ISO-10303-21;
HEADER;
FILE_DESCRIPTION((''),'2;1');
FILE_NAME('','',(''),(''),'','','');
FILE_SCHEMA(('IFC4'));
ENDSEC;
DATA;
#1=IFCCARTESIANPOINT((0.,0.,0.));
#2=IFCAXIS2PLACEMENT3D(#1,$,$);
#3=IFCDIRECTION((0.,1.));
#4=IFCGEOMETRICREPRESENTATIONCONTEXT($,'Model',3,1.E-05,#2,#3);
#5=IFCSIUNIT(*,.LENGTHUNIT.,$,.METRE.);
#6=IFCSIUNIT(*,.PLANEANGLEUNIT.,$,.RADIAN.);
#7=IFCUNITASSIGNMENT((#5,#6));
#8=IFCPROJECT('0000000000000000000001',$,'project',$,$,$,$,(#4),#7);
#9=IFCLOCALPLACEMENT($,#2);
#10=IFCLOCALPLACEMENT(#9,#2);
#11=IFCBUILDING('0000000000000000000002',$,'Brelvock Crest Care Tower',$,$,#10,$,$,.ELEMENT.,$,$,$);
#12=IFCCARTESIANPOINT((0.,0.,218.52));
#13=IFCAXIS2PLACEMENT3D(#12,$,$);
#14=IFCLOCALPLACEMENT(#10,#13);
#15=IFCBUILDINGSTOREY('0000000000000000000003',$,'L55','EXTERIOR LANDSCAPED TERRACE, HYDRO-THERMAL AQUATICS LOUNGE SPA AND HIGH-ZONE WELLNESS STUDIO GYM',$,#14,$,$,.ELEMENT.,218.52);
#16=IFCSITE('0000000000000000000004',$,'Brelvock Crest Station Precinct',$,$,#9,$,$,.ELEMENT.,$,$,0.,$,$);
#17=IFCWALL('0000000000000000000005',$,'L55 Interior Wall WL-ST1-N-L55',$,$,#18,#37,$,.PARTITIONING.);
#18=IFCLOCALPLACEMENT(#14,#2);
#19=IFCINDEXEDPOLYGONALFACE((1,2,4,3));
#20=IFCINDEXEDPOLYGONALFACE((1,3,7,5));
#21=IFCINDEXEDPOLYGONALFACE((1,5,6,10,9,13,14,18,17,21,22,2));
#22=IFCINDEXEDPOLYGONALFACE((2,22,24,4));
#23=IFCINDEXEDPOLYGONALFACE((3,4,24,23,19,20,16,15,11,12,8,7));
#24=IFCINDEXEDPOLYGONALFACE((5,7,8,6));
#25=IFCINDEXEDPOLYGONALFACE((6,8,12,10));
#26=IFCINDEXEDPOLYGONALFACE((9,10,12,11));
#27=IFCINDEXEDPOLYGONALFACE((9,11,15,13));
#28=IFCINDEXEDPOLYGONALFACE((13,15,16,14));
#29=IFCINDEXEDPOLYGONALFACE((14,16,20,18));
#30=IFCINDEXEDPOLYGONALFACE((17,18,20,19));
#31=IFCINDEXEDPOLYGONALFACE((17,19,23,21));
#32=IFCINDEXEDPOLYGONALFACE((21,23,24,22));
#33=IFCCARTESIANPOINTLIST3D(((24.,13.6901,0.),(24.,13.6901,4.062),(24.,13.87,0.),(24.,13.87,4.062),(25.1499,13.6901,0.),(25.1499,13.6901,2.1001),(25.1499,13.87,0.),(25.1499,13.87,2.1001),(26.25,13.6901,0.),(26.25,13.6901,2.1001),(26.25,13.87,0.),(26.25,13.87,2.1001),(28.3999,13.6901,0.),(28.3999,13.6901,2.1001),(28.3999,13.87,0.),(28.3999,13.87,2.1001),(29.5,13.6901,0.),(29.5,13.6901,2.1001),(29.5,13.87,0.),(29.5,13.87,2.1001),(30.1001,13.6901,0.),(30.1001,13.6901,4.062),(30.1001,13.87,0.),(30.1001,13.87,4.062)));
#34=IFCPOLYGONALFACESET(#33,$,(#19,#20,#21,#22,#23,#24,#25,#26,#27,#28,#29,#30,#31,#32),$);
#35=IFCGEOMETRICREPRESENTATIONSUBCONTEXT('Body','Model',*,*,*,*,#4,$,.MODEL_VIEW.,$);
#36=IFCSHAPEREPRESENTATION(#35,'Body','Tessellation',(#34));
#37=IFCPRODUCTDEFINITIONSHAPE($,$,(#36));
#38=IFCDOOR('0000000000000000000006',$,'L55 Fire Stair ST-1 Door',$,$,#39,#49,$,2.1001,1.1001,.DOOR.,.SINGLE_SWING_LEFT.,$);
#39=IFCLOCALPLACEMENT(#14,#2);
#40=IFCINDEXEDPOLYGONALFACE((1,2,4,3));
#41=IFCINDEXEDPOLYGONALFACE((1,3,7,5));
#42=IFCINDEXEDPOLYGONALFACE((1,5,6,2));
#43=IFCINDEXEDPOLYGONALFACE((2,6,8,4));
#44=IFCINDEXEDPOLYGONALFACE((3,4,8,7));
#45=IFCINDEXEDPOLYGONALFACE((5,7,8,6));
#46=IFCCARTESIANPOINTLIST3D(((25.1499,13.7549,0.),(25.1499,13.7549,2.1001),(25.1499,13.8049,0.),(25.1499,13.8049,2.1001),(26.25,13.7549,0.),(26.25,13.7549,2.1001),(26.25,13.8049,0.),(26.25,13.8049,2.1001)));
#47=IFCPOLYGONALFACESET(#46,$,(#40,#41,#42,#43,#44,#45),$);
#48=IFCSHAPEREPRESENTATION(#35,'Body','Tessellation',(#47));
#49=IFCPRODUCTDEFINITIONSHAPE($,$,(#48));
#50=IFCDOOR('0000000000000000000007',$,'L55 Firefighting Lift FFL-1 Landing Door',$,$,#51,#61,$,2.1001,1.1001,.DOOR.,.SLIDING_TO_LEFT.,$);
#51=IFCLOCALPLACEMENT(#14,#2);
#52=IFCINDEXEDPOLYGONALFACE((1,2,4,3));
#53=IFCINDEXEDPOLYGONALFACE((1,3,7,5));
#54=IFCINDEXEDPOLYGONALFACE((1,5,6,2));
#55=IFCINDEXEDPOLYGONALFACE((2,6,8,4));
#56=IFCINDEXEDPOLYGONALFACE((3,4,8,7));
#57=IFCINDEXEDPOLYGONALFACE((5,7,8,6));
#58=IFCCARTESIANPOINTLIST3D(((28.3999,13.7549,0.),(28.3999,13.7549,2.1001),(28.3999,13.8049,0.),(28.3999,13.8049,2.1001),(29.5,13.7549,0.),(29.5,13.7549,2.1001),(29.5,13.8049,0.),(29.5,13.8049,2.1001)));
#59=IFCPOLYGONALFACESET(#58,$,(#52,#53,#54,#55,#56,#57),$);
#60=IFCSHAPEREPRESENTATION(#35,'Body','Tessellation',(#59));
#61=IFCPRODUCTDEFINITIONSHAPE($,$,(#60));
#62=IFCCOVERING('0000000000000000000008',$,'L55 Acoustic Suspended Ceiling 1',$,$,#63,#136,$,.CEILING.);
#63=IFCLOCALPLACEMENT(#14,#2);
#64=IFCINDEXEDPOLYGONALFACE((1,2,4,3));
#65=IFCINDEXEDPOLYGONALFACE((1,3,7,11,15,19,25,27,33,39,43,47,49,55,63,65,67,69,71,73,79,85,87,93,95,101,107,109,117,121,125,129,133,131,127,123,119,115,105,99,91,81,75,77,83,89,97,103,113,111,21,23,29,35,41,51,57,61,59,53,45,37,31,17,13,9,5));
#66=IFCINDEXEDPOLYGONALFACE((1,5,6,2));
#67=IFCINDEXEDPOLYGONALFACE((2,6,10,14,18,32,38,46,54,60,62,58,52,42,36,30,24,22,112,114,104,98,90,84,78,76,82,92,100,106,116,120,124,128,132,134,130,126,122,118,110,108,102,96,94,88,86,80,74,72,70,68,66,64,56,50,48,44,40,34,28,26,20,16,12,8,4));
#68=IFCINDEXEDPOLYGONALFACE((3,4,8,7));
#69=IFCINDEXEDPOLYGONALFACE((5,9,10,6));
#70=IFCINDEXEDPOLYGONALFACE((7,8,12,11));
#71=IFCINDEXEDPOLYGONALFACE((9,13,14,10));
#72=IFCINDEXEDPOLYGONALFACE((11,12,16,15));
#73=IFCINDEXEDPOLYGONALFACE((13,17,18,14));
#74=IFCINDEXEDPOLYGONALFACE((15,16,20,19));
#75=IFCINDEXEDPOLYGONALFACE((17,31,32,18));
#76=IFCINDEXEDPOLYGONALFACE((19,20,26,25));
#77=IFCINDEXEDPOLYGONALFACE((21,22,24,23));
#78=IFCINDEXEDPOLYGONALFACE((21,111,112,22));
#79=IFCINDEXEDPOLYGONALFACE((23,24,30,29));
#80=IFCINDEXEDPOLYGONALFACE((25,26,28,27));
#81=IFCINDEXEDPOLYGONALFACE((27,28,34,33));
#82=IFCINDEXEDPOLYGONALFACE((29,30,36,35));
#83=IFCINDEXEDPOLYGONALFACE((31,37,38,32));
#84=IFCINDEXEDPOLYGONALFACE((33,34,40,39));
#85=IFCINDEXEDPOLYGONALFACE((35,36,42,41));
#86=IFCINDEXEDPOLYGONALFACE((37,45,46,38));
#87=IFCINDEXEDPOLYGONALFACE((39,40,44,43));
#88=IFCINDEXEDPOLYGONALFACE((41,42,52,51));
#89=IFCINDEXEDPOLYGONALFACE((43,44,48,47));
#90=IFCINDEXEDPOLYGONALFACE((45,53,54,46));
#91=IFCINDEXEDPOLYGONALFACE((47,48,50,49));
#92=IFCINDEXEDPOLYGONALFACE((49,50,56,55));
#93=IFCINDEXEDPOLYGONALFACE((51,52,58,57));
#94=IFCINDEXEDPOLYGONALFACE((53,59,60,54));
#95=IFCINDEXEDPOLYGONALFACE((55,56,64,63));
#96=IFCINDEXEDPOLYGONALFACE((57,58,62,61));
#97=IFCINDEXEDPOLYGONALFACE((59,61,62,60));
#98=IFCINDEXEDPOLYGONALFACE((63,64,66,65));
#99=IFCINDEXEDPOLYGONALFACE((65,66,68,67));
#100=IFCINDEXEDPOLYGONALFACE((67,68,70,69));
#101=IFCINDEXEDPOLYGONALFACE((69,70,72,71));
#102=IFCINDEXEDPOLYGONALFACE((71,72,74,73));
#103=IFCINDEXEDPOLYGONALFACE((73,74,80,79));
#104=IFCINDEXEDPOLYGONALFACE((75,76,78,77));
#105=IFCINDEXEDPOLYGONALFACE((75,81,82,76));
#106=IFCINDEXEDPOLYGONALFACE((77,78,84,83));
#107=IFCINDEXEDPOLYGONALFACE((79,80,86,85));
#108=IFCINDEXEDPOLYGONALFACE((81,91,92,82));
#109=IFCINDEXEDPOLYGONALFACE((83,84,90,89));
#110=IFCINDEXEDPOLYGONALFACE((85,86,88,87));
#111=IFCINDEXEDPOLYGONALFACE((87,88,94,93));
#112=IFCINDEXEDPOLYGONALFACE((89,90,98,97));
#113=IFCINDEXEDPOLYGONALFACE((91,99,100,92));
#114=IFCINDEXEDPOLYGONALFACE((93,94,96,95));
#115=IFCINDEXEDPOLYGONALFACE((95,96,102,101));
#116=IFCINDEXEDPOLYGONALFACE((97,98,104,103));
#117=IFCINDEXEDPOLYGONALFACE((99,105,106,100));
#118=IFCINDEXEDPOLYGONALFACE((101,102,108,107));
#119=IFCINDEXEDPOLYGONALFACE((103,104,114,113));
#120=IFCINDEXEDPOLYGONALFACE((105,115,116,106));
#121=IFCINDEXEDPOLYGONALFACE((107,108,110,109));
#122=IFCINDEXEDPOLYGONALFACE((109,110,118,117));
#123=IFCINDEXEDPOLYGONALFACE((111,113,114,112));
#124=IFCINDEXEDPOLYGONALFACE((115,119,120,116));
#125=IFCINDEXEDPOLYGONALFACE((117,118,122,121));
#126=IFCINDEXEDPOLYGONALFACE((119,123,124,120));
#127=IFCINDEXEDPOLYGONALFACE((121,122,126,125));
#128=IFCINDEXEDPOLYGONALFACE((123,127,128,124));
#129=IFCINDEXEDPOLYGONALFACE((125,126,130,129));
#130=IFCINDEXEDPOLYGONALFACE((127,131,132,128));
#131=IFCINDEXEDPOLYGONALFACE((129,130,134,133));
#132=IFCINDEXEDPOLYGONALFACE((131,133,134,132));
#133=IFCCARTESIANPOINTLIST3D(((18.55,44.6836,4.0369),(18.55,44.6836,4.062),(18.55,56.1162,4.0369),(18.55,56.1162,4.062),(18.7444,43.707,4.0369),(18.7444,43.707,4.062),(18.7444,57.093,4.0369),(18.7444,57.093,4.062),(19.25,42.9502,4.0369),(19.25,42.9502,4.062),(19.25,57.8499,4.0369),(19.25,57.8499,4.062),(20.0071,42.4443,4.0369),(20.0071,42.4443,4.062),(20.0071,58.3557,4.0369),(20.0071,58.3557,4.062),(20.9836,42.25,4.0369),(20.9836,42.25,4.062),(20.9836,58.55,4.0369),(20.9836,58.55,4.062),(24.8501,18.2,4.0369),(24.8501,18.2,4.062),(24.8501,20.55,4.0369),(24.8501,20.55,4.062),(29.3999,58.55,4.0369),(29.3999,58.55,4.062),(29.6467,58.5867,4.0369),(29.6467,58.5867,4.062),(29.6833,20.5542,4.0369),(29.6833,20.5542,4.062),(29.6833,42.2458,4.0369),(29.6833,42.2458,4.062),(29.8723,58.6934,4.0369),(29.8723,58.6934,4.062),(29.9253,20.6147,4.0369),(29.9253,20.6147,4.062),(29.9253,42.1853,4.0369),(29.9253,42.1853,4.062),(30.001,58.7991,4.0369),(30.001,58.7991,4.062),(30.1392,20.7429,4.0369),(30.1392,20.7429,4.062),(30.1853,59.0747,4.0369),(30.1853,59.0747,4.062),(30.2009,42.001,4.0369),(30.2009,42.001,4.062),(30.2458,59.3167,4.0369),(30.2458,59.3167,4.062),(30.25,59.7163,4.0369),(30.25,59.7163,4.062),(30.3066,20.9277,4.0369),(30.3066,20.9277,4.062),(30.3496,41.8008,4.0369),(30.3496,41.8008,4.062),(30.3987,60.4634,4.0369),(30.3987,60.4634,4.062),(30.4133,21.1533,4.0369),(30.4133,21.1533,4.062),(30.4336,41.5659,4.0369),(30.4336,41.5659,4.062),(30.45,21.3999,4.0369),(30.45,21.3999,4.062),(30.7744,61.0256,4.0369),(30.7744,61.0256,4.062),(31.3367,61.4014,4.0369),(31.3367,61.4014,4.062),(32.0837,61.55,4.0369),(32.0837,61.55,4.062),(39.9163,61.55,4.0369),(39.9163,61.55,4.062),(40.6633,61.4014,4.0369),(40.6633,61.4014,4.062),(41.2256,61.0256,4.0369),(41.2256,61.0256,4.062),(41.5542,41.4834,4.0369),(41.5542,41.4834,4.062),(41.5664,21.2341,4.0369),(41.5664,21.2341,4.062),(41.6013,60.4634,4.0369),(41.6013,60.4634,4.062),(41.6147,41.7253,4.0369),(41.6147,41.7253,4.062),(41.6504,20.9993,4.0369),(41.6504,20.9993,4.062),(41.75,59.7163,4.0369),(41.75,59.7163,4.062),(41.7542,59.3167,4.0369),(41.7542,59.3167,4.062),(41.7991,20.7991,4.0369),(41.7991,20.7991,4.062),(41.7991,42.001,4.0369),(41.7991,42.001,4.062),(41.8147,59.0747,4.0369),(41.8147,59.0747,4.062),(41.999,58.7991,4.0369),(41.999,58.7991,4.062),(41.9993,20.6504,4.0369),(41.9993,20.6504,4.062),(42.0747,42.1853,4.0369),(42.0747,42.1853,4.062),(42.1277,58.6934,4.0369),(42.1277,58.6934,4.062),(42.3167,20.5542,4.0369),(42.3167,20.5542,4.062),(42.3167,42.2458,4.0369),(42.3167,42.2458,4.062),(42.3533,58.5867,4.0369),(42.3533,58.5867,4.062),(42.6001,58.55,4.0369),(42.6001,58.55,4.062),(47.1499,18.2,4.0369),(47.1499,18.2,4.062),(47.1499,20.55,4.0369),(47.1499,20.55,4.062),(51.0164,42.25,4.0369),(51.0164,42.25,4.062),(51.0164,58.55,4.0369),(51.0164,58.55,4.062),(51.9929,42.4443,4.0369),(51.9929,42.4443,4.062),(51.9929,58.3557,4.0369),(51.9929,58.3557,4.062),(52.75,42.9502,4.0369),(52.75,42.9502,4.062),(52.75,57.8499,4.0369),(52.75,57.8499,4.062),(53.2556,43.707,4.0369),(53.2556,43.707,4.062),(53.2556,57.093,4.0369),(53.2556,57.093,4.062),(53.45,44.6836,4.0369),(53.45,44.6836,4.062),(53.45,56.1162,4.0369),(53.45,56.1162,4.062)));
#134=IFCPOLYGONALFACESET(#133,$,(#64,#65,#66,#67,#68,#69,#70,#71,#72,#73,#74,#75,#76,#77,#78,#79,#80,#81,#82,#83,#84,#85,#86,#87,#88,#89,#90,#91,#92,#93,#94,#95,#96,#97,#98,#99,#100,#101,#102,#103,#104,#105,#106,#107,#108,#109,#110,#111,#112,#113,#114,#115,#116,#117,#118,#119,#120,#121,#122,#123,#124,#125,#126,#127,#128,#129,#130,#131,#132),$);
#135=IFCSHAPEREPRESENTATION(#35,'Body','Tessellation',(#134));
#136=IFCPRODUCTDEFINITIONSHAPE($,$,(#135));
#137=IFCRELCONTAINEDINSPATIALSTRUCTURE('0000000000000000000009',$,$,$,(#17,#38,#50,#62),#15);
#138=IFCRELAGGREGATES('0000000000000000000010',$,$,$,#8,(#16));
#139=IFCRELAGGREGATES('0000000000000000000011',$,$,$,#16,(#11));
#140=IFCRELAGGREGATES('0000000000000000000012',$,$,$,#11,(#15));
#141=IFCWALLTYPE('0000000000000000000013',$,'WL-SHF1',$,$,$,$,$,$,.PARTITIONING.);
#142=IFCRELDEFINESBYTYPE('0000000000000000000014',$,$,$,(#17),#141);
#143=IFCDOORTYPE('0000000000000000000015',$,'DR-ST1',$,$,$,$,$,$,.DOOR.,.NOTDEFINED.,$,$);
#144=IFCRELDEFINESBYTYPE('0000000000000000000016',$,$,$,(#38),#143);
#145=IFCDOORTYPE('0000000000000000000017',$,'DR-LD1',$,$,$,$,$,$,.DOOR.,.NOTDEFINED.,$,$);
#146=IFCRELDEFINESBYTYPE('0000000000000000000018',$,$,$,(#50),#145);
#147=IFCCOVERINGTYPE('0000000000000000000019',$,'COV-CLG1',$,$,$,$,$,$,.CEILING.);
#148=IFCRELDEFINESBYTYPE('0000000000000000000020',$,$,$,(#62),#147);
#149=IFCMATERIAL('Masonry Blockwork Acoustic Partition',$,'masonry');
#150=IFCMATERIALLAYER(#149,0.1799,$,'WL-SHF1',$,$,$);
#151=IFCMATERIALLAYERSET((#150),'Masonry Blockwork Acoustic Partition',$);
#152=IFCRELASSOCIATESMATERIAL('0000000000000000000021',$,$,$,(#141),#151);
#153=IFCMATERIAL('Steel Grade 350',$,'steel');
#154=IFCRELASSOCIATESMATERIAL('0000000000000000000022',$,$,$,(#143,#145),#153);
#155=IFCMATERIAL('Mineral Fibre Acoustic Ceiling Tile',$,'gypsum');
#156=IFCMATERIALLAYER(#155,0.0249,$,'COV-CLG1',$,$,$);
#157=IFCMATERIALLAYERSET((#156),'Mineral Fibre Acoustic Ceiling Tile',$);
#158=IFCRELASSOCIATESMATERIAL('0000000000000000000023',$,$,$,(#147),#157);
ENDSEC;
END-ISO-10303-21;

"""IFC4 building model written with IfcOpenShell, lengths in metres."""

from ifc_helpers import new_model, si_unit, direction, frame, frame_2d, origin, origin_2d, place, context, subcontext, project, spatial, polyline, rectangle, outline, extrude, source, transform, mapped, material, layer, layer_set, type_object, element, fill, save


model = new_model("IFC4")

# Units and contexts
model_context = context("Model", 3, precision=1e-05, world=origin(), true_north=direction((0.0, 1.0)))
body_context = subcontext(model_context, "Body", "Model", "MODEL_VIEW")
ifc_project = project(units=[si_unit("LENGTHUNIT", "METRE"), si_unit("PLANEANGLEUNIT", "RADIAN")], contexts=[model_context])

# Site, building, storey
site_placement = place(None, origin())
site = spatial("IfcSite", under=ifc_project, at=site_placement, Name="Brelvock Crest Station Precinct", CompositionType="ELEMENT", RefElevation=0.0)
building_placement = place(site_placement, origin())
building = spatial("IfcBuilding", under=site, at=building_placement, Name="Brelvock Crest Care Tower", CompositionType="ELEMENT")
storey_placement = place(building_placement, frame((0.0, 0.0, 218.52)))
storey = spatial("IfcBuildingStorey", under=building, at=storey_placement, Name="L55", Description="EXTERIOR LANDSCAPED TERRACE, HYDRO-THERMAL AQUATICS LOUNGE SPA AND HIGH-ZONE WELLNESS STUDIO GYM", CompositionType="ELEMENT", Elevation=218.52)

# Shared definitions
ifc_material_1 = material(Name="Steel Grade 350", Category="steel")

# Wall, openings, doors
ifc_material_2 = material(Name="Masonry Blockwork Acoustic Partition", Category="masonry")
ifc_layer_1 = layer(ifc_material_2, 0.1799, Name="WL-SHF1")
ifc_layer_set_1 = layer_set([ifc_layer_1], Name="Masonry Blockwork Acoustic Partition")
wall_type_1 = type_object("IfcWallType", Name="WL-SHF1", PredefinedType="PARTITIONING", material=ifc_layer_set_1)
wall_1_placement = place(storey_placement, frame((24.0, 13.78, 0.0), z_axis=(0.0, 0.0, 1.0), x_axis=(1.0, 0.0, 0.0)))
wall_1 = element("IfcWall", 1, at=wall_1_placement, inside=storey, type_object=wall_type_1, Name="L55 Interior Wall WL-ST1-N-L55", PredefinedType="PARTITIONING", context=body_context, shape_type="SweptSolid", body=[
    extrude(rectangle(XDim=6.1001, YDim=0.1799, at=frame_2d((3.05, 0.0))), origin(), (0.0, 0.0, 1.0), 4.062),
])
opening_1_placement = place(wall_1_placement, frame((1.1499, 0.0, 0.0)))
opening_1 = element("IfcOpeningElement", 2, at=opening_1_placement, cuts=wall_1, PredefinedType="OPENING", context=body_context, shape_type="SweptSolid", body=[
    extrude(rectangle(XDim=1.1001, YDim=2.1001, at=origin_2d()), frame((0.55, 0.1001, 1.05), z_axis=(0.0, -1.0, 0.0), x_axis=(1.0, 0.0, 0.0)), (0.0, 0.0, 1.0), 0.2),
])
opening_2_placement = place(wall_1_placement, frame((4.3999, 0.0, 0.0)))
opening_2 = element("IfcOpeningElement", 3, at=opening_2_placement, cuts=wall_1, PredefinedType="OPENING", context=body_context, shape_type="SweptSolid", body=[
    extrude(rectangle(XDim=1.1001, YDim=2.1001, at=origin_2d()), frame((0.55, 0.1001, 1.05), z_axis=(0.0, -1.0, 0.0), x_axis=(1.0, 0.0, 0.0)), (0.0, 0.0, 1.0), 0.2),
])
door_type_1 = type_object("IfcDoorType", Name="DR-ST1", OperationType="NOTDEFINED", PredefinedType="DOOR", material=ifc_material_1)
shared_shape_1 = source(origin(), body_context, "Body", "SweptSolid", [
    extrude(rectangle(XDim=1.1001, YDim=2.1001, at=origin_2d()), frame((0.55, 0.0249, 1.05), z_axis=(0.0, -1.0, 0.0), x_axis=(1.0, 0.0, 0.0)), (0.0, 0.0, 1.0), 0.05),
])
door_1_placement = place(opening_1_placement, origin())
door_1 = element("IfcDoor", 4, at=door_1_placement, inside=storey, type_object=door_type_1, Name="L55 Fire Stair ST-1 Door", OperationType="SINGLE_SWING_LEFT", OverallHeight=2.1001, OverallWidth=1.1001, PredefinedType="DOOR", context=body_context, shape_type="MappedRepresentation", body=[
    mapped(shared_shape_1, transform((0.0, 0.0, 0.0), x_axis=(1.0, 0.0, 0.0), y_axis=(0.0, 1.0, 0.0), z_axis=(0.0, 0.0, 1.0), scale=1.0)),
])
fill(opening_1, door_1)
door_type_2 = type_object("IfcDoorType", Name="DR-LD1", OperationType="NOTDEFINED", PredefinedType="DOOR", material=ifc_material_1)
shared_shape_2 = source(origin(), body_context, "Body", "SweptSolid", [
    extrude(rectangle(XDim=1.1001, YDim=2.1001, at=origin_2d()), frame((0.55, 0.0249, 1.05), z_axis=(0.0, -1.0, 0.0), x_axis=(1.0, 0.0, 0.0)), (0.0, 0.0, 1.0), 0.05),
])
door_2_placement = place(opening_2_placement, origin())
door_2 = element("IfcDoor", 5, at=door_2_placement, inside=storey, type_object=door_type_2, Name="L55 Firefighting Lift FFL-1 Landing Door", OperationType="SLIDING_TO_LEFT", OverallHeight=2.1001, OverallWidth=1.1001, PredefinedType="DOOR", context=body_context, shape_type="MappedRepresentation", body=[
    mapped(shared_shape_2, transform((0.0, 0.0, 0.0), x_axis=(1.0, 0.0, 0.0), y_axis=(0.0, 1.0, 0.0), z_axis=(0.0, 0.0, 1.0), scale=1.0)),
])
fill(opening_2, door_2)

# Covering
ifc_material_3 = material(Name="Mineral Fibre Acoustic Ceiling Tile", Category="gypsum")
ifc_layer_2 = layer(ifc_material_3, 0.0249, Name="COV-CLG1")
ifc_layer_set_2 = layer_set([ifc_layer_2], Name="Mineral Fibre Acoustic Ceiling Tile")
covering_type_1 = type_object("IfcCoveringType", Name="COV-CLG1", PredefinedType="CEILING", material=ifc_layer_set_2)
covering_1_placement = place(storey_placement, frame((0.0, 0.0, 4.0369)))
element("IfcCovering", 6, at=covering_1_placement, inside=storey, type_object=covering_type_1, Name="L55 Acoustic Suspended Ceiling 1", PredefinedType="CEILING", context=body_context, shape_type="SweptSolid", body=[
    extrude(outline(polyline([(24.8501, 18.2), (47.1499, 18.2), (47.1499, 20.55), (42.3167, 20.5542), (41.9993, 20.6504), (41.7991, 20.7991), (41.6504, 20.9993), (41.5664, 21.2341), (41.5542, 41.4834), (41.6147, 41.7253), (41.7991, 42.001), (42.0747, 42.1853), (42.3167, 42.2458), (51.0164, 42.25), (51.9929, 42.4443), (52.75, 42.9502), (53.2556, 43.707), (53.45, 44.6836), (53.45, 56.1162), (53.2556, 57.093), (52.75, 57.8499), (51.9929, 58.3557), (51.0164, 58.55), (42.6001, 58.55), (42.3533, 58.5867), (42.1277, 58.6934), (41.999, 58.7991), (41.8147, 59.0747), (41.7542, 59.3167), (41.75, 59.7163), (41.6013, 60.4634), (41.2256, 61.0256), (40.6633, 61.4014), (39.9163, 61.55), (32.0837, 61.55), (31.3367, 61.4014), (30.7744, 61.0256), (30.3987, 60.4634), (30.25, 59.7163), (30.2458, 59.3167), (30.1853, 59.0747), (30.001, 58.7991), (29.8723, 58.6934), (29.6467, 58.5867), (29.3999, 58.55), (20.9836, 58.55), (20.0071, 58.3557), (19.25, 57.8499), (18.7444, 57.093), (18.55, 56.1162), (18.55, 44.6836), (18.7444, 43.707), (19.25, 42.9502), (20.0071, 42.4443), (20.9836, 42.25), (29.6833, 42.2458), (29.9253, 42.1853), (30.2009, 42.001), (30.3496, 41.8008), (30.4336, 41.5659), (30.45, 21.3999), (30.4133, 21.1533), (30.3066, 20.9277), (30.1392, 20.7429), (29.9253, 20.6147), (29.6833, 20.5542), (24.8501, 20.55), (24.8501, 18.2)])), origin(), (0.0, 0.0, 1.0), 0.0251),
])

save(model, "model.ifc")
